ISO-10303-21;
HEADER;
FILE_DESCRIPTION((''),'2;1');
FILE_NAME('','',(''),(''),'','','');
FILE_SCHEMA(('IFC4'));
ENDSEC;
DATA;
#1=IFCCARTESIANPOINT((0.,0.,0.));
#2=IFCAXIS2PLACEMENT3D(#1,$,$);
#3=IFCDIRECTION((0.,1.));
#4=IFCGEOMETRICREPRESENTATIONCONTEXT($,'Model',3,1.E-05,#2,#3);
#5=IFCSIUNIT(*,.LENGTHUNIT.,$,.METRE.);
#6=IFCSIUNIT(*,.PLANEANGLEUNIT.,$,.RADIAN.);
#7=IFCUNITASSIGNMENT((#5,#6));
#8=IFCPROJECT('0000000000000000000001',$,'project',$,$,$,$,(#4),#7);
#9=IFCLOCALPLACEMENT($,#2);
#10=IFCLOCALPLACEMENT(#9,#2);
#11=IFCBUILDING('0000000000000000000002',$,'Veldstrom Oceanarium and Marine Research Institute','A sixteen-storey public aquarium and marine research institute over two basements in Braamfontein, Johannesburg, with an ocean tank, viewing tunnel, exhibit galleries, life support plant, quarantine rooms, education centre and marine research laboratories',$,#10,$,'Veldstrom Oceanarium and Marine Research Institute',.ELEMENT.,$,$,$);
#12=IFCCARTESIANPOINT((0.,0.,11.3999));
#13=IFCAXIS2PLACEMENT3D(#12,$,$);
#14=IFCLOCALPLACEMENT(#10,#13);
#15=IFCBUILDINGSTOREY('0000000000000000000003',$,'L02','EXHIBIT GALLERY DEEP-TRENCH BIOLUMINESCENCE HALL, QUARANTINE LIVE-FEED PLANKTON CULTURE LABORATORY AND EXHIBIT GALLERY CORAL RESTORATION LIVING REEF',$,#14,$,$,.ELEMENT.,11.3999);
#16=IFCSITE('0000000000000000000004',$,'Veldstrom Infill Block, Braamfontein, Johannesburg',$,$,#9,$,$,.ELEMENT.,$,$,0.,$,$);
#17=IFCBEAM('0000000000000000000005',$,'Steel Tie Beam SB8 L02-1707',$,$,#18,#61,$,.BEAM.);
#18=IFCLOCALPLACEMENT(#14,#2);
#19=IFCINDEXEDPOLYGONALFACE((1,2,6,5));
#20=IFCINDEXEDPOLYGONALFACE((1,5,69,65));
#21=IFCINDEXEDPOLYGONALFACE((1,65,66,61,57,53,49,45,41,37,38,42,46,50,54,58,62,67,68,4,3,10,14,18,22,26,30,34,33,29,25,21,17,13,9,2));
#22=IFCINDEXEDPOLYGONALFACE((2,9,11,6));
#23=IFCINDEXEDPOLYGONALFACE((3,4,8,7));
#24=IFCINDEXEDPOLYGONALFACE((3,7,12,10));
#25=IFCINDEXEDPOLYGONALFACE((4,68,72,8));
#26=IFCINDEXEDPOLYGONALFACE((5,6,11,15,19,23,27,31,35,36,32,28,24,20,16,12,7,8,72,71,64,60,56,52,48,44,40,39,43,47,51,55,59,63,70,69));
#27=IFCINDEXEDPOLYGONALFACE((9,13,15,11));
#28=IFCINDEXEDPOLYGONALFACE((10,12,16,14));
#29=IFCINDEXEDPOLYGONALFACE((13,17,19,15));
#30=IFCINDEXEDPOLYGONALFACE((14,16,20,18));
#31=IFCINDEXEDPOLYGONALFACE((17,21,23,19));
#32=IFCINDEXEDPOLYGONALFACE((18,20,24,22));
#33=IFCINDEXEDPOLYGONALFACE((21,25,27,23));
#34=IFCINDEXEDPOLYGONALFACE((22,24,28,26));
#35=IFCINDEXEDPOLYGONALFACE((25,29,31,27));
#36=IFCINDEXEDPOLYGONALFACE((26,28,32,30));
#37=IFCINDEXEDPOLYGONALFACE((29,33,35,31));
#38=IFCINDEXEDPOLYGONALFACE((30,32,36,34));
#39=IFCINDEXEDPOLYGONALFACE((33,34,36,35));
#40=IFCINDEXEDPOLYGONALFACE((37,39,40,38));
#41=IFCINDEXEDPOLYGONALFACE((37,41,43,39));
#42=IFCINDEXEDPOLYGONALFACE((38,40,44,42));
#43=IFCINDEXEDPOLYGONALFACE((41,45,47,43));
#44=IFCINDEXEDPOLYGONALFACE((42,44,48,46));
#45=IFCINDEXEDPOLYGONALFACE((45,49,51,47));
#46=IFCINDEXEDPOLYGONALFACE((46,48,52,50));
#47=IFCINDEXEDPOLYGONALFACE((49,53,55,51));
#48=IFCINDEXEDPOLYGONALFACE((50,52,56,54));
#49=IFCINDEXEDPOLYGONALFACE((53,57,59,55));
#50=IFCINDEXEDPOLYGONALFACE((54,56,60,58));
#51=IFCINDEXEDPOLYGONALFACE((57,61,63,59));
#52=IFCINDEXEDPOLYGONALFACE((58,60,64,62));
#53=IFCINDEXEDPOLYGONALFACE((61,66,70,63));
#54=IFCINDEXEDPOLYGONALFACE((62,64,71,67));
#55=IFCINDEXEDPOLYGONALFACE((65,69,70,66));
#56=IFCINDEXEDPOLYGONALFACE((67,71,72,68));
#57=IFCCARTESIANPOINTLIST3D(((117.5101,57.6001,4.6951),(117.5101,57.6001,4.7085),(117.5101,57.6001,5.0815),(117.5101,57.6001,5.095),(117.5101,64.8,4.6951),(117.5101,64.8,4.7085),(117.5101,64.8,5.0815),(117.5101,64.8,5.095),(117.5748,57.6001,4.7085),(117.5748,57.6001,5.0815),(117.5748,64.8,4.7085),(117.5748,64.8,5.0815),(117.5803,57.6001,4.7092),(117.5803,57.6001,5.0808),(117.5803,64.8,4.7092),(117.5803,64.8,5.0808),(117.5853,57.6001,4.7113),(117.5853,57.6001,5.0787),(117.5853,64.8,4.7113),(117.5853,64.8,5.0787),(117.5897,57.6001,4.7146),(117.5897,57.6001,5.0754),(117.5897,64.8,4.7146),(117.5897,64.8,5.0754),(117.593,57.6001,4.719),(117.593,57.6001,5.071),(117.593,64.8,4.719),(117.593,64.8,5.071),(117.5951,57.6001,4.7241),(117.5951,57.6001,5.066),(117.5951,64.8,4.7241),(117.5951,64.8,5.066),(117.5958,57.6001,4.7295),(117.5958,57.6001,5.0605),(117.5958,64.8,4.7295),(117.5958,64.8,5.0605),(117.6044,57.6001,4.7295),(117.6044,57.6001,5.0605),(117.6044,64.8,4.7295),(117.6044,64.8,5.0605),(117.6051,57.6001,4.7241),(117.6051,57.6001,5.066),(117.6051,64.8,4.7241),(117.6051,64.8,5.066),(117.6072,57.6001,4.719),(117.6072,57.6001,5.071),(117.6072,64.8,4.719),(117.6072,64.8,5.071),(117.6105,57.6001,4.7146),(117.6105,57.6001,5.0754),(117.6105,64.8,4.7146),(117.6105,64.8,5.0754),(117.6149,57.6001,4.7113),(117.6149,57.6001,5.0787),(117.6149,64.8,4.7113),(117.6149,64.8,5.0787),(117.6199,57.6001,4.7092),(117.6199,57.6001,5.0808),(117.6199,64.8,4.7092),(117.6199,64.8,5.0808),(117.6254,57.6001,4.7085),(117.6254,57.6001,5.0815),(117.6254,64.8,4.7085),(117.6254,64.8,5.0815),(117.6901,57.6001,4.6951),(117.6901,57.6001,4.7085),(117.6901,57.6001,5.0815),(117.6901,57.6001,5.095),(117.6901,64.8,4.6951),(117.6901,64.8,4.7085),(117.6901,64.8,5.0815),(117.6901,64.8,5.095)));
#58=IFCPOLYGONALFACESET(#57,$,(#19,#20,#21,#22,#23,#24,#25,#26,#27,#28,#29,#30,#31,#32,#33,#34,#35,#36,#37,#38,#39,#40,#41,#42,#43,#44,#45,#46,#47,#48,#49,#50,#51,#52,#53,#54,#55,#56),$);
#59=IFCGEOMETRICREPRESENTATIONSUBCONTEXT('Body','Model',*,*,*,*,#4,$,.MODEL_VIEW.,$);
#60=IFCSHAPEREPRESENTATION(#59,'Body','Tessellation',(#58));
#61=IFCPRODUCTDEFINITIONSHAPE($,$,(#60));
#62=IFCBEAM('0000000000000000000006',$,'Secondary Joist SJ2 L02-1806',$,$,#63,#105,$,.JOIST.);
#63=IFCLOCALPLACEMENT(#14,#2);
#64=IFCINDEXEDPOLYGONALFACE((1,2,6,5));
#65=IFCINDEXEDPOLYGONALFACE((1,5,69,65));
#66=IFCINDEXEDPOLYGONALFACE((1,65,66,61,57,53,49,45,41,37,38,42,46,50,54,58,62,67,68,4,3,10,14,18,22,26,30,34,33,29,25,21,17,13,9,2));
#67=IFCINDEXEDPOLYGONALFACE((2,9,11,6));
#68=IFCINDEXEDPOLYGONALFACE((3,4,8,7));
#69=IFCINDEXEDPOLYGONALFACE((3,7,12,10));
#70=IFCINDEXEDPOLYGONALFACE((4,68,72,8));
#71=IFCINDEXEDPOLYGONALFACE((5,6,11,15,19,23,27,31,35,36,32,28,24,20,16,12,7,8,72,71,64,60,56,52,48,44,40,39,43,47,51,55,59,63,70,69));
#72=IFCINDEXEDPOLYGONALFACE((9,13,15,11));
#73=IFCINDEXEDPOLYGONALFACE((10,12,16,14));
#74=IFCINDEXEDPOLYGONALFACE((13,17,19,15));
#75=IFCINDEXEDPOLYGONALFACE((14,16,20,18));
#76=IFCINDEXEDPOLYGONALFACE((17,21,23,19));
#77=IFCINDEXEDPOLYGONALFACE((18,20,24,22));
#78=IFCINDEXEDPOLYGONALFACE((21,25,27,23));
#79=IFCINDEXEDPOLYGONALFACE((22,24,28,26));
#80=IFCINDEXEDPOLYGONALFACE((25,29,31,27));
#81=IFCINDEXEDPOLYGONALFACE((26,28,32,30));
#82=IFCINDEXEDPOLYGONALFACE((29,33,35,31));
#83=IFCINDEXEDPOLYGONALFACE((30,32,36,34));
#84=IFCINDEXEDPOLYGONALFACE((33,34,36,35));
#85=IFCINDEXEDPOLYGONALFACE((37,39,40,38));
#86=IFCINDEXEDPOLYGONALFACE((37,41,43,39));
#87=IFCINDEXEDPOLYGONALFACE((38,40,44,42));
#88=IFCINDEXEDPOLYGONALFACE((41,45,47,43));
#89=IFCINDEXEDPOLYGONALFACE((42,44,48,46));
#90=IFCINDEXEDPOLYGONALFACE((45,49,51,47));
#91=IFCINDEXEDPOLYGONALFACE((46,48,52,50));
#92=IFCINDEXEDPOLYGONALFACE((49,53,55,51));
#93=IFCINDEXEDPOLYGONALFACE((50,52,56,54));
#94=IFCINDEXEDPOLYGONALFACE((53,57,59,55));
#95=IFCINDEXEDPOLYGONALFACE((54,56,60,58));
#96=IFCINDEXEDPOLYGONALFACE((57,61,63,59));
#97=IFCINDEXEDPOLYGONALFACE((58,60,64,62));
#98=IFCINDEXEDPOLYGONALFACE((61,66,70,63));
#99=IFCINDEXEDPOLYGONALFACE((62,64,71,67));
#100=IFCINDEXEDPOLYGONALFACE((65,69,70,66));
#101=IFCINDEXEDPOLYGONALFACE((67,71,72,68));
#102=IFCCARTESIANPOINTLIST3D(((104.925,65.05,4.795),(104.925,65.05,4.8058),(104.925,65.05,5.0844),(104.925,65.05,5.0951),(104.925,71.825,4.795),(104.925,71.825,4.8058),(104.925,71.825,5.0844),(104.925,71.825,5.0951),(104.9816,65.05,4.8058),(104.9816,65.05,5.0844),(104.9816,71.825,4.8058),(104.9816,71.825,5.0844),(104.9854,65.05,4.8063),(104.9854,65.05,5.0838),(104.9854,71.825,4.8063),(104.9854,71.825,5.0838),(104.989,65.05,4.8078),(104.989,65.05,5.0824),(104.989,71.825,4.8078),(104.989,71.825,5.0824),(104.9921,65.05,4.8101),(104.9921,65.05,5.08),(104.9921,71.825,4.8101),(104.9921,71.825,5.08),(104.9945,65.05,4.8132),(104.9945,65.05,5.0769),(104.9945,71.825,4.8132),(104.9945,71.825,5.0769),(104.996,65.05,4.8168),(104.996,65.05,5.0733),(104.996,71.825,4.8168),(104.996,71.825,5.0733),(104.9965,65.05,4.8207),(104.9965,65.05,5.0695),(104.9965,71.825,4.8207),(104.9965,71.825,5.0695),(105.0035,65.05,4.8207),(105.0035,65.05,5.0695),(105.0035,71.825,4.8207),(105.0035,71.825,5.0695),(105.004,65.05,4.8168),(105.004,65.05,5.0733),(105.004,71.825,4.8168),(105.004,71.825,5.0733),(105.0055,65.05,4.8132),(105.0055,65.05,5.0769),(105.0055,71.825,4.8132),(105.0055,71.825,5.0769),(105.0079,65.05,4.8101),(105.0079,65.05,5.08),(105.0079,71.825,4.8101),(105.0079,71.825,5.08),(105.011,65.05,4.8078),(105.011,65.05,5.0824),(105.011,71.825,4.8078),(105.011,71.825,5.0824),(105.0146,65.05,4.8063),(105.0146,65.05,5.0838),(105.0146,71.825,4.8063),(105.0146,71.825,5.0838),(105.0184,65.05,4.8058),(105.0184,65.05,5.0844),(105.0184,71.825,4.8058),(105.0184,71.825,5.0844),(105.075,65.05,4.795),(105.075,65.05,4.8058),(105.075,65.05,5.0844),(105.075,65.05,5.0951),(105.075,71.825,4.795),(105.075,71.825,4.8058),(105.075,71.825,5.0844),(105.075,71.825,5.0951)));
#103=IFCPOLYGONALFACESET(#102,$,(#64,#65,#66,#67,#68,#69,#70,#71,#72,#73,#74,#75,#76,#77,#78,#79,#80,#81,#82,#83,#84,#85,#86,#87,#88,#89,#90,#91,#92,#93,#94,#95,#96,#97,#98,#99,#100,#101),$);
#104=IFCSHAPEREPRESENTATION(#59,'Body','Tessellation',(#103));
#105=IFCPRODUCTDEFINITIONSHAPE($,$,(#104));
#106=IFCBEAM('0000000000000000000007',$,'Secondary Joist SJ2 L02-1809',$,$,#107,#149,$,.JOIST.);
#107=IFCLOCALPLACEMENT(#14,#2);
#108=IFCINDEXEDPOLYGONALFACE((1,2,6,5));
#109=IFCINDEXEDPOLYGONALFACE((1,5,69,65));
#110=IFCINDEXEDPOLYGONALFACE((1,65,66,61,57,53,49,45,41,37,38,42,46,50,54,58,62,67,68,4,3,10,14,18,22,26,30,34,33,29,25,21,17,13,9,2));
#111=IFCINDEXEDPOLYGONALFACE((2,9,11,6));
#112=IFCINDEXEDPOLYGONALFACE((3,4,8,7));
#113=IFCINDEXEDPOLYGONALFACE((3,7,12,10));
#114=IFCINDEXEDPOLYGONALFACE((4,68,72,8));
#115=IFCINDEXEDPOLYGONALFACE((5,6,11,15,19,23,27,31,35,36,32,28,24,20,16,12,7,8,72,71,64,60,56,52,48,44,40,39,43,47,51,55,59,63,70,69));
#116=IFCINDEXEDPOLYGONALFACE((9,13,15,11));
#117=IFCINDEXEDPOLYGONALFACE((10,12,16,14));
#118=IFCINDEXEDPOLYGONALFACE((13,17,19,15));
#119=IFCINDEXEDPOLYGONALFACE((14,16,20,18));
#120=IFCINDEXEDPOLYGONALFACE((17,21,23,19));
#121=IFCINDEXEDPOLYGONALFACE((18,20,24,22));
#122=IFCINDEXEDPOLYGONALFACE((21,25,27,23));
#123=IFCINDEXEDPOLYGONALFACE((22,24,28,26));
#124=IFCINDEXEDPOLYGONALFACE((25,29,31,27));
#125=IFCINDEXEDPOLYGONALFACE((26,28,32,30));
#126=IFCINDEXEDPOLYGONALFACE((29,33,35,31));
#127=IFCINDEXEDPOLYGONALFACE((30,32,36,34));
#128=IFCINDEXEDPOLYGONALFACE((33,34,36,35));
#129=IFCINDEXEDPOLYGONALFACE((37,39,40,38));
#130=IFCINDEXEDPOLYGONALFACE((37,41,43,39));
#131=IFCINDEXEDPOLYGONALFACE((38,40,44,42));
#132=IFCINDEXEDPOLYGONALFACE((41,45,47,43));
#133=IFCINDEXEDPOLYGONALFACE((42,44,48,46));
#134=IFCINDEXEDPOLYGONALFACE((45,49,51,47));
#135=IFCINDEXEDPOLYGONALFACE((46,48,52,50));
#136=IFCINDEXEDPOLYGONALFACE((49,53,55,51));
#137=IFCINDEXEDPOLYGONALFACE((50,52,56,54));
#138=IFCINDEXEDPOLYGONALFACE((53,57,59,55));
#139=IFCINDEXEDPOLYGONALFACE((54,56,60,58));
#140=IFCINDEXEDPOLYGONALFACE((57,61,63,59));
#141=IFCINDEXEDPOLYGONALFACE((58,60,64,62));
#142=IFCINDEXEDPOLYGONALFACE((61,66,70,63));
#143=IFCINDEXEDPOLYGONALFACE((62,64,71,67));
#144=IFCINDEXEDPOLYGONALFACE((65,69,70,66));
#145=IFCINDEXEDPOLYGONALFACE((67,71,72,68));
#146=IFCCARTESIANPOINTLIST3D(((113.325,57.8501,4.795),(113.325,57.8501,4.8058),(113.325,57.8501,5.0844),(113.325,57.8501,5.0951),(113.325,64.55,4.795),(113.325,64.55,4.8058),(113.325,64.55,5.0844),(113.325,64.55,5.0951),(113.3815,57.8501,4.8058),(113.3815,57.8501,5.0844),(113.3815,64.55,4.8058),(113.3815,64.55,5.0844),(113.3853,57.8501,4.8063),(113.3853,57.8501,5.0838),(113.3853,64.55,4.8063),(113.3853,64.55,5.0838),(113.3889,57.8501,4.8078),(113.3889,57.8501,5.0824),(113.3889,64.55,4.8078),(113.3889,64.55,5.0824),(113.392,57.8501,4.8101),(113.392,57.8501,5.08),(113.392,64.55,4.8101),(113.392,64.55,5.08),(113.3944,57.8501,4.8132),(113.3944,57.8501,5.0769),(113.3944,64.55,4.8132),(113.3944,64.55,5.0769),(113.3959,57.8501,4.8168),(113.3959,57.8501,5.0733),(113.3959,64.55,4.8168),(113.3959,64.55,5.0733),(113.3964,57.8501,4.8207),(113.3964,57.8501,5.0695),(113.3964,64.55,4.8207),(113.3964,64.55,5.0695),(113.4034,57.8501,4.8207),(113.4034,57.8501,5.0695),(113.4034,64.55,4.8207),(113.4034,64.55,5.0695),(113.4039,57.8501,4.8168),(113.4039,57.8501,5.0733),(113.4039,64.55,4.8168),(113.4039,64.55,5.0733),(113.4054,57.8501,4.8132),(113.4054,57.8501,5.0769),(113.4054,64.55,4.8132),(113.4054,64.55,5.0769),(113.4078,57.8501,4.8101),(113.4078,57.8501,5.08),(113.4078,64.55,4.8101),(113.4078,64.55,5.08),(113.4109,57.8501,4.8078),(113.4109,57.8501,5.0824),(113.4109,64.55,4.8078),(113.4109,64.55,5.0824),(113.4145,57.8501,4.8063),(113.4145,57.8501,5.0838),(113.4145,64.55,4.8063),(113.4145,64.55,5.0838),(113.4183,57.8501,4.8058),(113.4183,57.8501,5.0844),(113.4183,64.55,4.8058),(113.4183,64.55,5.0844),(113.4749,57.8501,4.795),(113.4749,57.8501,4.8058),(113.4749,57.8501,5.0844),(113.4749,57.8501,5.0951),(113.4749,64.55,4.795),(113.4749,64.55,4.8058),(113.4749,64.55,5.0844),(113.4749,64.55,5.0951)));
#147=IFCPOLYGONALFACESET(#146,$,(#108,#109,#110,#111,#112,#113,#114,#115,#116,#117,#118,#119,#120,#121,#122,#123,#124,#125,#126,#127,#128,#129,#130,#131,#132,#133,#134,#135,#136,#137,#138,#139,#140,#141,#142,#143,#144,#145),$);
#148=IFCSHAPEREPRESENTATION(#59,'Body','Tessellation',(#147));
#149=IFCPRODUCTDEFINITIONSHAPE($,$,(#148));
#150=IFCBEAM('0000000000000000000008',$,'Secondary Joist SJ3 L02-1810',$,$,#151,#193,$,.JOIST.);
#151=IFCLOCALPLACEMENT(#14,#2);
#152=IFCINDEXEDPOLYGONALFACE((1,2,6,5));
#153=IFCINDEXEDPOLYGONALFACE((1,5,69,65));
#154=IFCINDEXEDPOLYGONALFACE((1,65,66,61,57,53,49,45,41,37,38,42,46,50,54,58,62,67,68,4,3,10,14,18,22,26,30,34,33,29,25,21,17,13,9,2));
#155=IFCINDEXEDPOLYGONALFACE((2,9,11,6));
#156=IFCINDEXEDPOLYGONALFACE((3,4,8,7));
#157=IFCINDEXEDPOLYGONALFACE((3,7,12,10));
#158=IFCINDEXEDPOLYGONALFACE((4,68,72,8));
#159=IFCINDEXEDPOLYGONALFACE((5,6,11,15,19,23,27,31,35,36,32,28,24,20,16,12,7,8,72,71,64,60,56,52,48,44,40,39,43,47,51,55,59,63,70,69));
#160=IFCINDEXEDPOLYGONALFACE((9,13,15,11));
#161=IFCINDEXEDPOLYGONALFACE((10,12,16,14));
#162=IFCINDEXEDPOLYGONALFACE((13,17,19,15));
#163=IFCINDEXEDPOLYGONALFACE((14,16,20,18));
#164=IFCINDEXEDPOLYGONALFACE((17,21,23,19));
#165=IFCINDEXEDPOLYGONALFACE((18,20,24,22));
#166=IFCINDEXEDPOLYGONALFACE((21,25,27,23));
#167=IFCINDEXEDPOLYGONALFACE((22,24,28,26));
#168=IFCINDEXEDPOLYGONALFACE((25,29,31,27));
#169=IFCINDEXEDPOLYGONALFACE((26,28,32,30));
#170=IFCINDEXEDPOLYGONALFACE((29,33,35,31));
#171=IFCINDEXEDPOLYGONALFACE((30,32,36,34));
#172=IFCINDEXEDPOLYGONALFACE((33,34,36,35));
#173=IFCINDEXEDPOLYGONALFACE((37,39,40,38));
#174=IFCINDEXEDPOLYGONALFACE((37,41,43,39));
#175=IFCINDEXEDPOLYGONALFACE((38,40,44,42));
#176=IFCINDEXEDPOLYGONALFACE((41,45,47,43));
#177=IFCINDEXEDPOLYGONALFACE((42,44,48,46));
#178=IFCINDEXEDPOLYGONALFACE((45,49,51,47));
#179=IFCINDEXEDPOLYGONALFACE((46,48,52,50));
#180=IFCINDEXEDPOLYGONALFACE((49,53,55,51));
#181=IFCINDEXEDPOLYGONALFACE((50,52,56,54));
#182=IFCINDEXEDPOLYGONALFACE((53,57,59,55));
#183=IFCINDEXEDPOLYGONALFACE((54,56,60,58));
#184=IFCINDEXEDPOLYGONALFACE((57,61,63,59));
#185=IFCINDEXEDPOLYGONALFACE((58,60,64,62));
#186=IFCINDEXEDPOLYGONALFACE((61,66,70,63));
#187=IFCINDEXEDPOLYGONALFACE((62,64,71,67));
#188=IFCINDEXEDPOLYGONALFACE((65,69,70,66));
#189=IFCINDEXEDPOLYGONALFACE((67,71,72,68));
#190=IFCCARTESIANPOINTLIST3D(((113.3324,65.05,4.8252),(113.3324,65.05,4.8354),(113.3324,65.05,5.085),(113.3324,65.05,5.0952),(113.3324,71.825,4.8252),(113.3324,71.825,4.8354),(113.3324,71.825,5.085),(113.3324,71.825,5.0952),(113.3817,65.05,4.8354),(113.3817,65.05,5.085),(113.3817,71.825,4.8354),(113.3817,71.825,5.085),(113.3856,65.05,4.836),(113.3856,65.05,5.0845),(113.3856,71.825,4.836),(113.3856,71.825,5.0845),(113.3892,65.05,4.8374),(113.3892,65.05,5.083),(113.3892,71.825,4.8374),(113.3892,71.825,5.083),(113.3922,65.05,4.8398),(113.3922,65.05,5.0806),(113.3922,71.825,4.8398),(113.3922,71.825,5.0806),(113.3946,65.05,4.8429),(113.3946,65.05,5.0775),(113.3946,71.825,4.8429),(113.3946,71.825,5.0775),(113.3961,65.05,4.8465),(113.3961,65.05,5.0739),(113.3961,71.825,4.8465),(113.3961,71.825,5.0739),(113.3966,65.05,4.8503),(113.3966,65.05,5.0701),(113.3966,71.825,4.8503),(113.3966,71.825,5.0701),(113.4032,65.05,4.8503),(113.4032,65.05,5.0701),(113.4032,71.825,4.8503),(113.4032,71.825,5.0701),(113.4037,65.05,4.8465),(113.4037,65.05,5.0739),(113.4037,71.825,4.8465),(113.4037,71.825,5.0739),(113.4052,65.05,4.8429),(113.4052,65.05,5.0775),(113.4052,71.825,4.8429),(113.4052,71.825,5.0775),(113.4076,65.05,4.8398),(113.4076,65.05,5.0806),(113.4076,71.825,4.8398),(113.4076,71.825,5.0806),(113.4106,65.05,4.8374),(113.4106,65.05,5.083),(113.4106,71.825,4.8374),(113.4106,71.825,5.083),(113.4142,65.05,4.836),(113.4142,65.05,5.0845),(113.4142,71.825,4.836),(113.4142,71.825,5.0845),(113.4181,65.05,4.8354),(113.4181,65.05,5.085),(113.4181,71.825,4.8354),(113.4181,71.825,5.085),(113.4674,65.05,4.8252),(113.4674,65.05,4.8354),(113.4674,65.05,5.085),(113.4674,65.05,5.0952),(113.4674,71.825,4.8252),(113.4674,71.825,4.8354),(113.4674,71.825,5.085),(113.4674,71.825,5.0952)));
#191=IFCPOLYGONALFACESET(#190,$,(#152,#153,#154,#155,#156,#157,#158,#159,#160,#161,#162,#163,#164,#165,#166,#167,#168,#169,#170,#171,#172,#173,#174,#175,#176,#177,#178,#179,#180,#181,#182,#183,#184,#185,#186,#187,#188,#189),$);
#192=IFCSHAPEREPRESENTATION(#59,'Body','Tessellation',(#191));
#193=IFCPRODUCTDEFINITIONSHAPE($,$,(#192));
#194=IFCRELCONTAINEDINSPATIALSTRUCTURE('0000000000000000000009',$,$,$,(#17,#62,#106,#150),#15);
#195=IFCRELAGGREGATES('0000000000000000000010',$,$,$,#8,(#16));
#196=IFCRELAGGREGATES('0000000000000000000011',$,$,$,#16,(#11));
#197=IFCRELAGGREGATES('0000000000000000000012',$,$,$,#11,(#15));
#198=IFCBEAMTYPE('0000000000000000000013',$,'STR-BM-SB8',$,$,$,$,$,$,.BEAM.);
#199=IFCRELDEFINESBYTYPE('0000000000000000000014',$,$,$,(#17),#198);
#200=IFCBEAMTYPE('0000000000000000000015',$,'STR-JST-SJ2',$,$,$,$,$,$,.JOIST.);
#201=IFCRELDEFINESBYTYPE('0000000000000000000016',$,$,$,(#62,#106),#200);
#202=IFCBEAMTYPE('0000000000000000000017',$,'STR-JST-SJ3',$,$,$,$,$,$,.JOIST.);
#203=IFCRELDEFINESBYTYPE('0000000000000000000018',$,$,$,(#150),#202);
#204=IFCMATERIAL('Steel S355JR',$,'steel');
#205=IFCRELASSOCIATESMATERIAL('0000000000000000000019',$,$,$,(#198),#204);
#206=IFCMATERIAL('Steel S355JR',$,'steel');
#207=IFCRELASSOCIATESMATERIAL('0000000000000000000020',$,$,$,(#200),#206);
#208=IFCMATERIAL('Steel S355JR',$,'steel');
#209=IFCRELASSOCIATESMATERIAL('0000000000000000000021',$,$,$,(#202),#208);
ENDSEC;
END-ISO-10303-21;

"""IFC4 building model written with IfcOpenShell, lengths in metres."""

from ifc_helpers import new_model, si_unit, direction, frame, origin, origin_2d, place, context, subcontext, project, spatial, i_section, extrude, material, material_profile, profile_set, type_object, element, save


model = new_model("IFC4")

# Units and contexts
model_context = context("Model", 3, precision=1e-05, world=origin(), true_north=direction((0.0, 1.0)))
body_context = subcontext(model_context, "Body", "Model", "MODEL_VIEW")
ifc_project = project(units=[si_unit("LENGTHUNIT", "METRE"), si_unit("PLANEANGLEUNIT", "RADIAN")], contexts=[model_context])

# Site, building, storey
site_placement = place(None, origin())
site = spatial("IfcSite", under=ifc_project, at=site_placement, Name="Veldstrom Infill Block, Braamfontein, Johannesburg", CompositionType="ELEMENT", RefElevation=0.0)
building_placement = place(site_placement, origin())
building = spatial("IfcBuilding", under=site, at=building_placement, Name="Veldstrom Oceanarium and Marine Research Institute", Description="A sixteen-storey public aquarium and marine research institute over two basements in Braamfontein, Johannesburg, with an ocean tank, viewing tunnel, exhibit galleries, life support plant, quarantine rooms, education centre and marine research laboratories", LongName="Veldstrom Oceanarium and Marine Research Institute", CompositionType="ELEMENT")
storey_placement = place(building_placement, frame((0.0, 0.0, 11.3999)))
storey = spatial("IfcBuildingStorey", under=building, at=storey_placement, Name="L02", Description="EXHIBIT GALLERY DEEP-TRENCH BIOLUMINESCENCE HALL, QUARANTINE LIVE-FEED PLANKTON CULTURE LABORATORY AND EXHIBIT GALLERY CORAL RESTORATION LIVING REEF", CompositionType="ELEMENT", Elevation=11.3999)

# Beams
ifc_material_1 = material(Name="Steel S355JR", Category="steel")
ifc_material_profile_1 = material_profile(ifc_material_1, i_section(OverallWidth=0.1799, OverallDepth=0.3999, WebThickness=0.0085, FlangeThickness=0.0134, FilletRadius=0.021, at=origin_2d()), Name="IPE 400")
ifc_profile_set_1 = profile_set([ifc_material_profile_1], Name="Steel S355JR")
beam_type_1 = type_object("IfcBeamType", Name="STR-BM-SB8", PredefinedType="BEAM", material=ifc_profile_set_1)
for number, where, z_axis, x_axis, name in (
    (1, (117.6001, 57.6001, 4.895), (0.0, 1.0, 0.0), (-1.0, 0.0, 0.0), "Steel Tie Beam SB8 L02-1707"),
):
    element("IfcBeam", number, at=place(storey_placement, frame(where, z_axis=z_axis, x_axis=x_axis)), inside=storey, type_object=beam_type_1, Name=name, PredefinedType="BEAM", context=body_context, shape_type="SweptSolid", body=[
        extrude(i_section(OverallWidth=0.1799, OverallDepth=0.3999, WebThickness=0.0085, FlangeThickness=0.0134, FilletRadius=0.021, at=origin_2d()), origin(), (0.0, 0.0, 1.0), 7.2),
    ])
ifc_material_2 = material(Name="Steel S355JR", Category="steel")
ifc_material_profile_2 = material_profile(ifc_material_2, i_section(OverallWidth=0.1499, OverallDepth=0.3, WebThickness=0.0071, FlangeThickness=0.0107, FilletRadius=0.0149, at=origin_2d()), Name="IPE 300")
ifc_profile_set_2 = profile_set([ifc_material_profile_2], Name="Steel S355JR")
beam_type_2 = type_object("IfcBeamType", Name="STR-JST-SJ2", PredefinedType="JOIST", material=ifc_profile_set_2)
beam_1_placement = place(storey_placement, frame((105.0, 65.05, 4.9451), z_axis=(0.0, 1.0, 0.0), x_axis=(-1.0, 0.0, 0.0)))
element("IfcBeam", 2, at=beam_1_placement, inside=storey, type_object=beam_type_2, Name="Secondary Joist SJ2 L02-1806", PredefinedType="JOIST", context=body_context, shape_type="SweptSolid", body=[
    extrude(i_section(OverallWidth=0.1499, OverallDepth=0.3, WebThickness=0.0071, FlangeThickness=0.0107, FilletRadius=0.0149, at=origin_2d()), origin(), (0.0, 0.0, 1.0), 6.7749),
])
beam_2_placement = place(storey_placement, frame((113.3999, 57.8501, 4.9451), z_axis=(0.0, 1.0, 0.0), x_axis=(-1.0, 0.0, 0.0)))
element("IfcBeam", 3, at=beam_2_placement, inside=storey, type_object=beam_type_2, Name="Secondary Joist SJ2 L02-1809", PredefinedType="JOIST", context=body_context, shape_type="SweptSolid", body=[
    extrude(i_section(OverallWidth=0.1499, OverallDepth=0.3, WebThickness=0.0071, FlangeThickness=0.0107, FilletRadius=0.0149, at=origin_2d()), origin(), (0.0, 0.0, 1.0), 6.7),
])
ifc_material_3 = material(Name="Steel S355JR", Category="steel")
ifc_material_profile_3 = material_profile(ifc_material_3, i_section(OverallWidth=0.135, OverallDepth=0.27, WebThickness=0.0066, FlangeThickness=0.0103, FilletRadius=0.0149, at=origin_2d()), Name="IPE 270")
ifc_profile_set_3 = profile_set([ifc_material_profile_3], Name="Steel S355JR")
beam_type_3 = type_object("IfcBeamType", Name="STR-JST-SJ3", PredefinedType="JOIST", material=ifc_profile_set_3)
beam_3_placement = place(storey_placement, frame((113.3999, 65.05, 4.9602), z_axis=(0.0, 1.0, 0.0), x_axis=(-1.0, 0.0, 0.0)))
element("IfcBeam", 4, at=beam_3_placement, inside=storey, type_object=beam_type_3, Name="Secondary Joist SJ3 L02-1810", PredefinedType="JOIST", context=body_context, shape_type="SweptSolid", body=[
    extrude(i_section(OverallWidth=0.135, OverallDepth=0.27, WebThickness=0.0066, FlangeThickness=0.0103, FilletRadius=0.0149, at=origin_2d()), origin(), (0.0, 0.0, 1.0), 6.7749),
])

save(model, "model.ifc")
